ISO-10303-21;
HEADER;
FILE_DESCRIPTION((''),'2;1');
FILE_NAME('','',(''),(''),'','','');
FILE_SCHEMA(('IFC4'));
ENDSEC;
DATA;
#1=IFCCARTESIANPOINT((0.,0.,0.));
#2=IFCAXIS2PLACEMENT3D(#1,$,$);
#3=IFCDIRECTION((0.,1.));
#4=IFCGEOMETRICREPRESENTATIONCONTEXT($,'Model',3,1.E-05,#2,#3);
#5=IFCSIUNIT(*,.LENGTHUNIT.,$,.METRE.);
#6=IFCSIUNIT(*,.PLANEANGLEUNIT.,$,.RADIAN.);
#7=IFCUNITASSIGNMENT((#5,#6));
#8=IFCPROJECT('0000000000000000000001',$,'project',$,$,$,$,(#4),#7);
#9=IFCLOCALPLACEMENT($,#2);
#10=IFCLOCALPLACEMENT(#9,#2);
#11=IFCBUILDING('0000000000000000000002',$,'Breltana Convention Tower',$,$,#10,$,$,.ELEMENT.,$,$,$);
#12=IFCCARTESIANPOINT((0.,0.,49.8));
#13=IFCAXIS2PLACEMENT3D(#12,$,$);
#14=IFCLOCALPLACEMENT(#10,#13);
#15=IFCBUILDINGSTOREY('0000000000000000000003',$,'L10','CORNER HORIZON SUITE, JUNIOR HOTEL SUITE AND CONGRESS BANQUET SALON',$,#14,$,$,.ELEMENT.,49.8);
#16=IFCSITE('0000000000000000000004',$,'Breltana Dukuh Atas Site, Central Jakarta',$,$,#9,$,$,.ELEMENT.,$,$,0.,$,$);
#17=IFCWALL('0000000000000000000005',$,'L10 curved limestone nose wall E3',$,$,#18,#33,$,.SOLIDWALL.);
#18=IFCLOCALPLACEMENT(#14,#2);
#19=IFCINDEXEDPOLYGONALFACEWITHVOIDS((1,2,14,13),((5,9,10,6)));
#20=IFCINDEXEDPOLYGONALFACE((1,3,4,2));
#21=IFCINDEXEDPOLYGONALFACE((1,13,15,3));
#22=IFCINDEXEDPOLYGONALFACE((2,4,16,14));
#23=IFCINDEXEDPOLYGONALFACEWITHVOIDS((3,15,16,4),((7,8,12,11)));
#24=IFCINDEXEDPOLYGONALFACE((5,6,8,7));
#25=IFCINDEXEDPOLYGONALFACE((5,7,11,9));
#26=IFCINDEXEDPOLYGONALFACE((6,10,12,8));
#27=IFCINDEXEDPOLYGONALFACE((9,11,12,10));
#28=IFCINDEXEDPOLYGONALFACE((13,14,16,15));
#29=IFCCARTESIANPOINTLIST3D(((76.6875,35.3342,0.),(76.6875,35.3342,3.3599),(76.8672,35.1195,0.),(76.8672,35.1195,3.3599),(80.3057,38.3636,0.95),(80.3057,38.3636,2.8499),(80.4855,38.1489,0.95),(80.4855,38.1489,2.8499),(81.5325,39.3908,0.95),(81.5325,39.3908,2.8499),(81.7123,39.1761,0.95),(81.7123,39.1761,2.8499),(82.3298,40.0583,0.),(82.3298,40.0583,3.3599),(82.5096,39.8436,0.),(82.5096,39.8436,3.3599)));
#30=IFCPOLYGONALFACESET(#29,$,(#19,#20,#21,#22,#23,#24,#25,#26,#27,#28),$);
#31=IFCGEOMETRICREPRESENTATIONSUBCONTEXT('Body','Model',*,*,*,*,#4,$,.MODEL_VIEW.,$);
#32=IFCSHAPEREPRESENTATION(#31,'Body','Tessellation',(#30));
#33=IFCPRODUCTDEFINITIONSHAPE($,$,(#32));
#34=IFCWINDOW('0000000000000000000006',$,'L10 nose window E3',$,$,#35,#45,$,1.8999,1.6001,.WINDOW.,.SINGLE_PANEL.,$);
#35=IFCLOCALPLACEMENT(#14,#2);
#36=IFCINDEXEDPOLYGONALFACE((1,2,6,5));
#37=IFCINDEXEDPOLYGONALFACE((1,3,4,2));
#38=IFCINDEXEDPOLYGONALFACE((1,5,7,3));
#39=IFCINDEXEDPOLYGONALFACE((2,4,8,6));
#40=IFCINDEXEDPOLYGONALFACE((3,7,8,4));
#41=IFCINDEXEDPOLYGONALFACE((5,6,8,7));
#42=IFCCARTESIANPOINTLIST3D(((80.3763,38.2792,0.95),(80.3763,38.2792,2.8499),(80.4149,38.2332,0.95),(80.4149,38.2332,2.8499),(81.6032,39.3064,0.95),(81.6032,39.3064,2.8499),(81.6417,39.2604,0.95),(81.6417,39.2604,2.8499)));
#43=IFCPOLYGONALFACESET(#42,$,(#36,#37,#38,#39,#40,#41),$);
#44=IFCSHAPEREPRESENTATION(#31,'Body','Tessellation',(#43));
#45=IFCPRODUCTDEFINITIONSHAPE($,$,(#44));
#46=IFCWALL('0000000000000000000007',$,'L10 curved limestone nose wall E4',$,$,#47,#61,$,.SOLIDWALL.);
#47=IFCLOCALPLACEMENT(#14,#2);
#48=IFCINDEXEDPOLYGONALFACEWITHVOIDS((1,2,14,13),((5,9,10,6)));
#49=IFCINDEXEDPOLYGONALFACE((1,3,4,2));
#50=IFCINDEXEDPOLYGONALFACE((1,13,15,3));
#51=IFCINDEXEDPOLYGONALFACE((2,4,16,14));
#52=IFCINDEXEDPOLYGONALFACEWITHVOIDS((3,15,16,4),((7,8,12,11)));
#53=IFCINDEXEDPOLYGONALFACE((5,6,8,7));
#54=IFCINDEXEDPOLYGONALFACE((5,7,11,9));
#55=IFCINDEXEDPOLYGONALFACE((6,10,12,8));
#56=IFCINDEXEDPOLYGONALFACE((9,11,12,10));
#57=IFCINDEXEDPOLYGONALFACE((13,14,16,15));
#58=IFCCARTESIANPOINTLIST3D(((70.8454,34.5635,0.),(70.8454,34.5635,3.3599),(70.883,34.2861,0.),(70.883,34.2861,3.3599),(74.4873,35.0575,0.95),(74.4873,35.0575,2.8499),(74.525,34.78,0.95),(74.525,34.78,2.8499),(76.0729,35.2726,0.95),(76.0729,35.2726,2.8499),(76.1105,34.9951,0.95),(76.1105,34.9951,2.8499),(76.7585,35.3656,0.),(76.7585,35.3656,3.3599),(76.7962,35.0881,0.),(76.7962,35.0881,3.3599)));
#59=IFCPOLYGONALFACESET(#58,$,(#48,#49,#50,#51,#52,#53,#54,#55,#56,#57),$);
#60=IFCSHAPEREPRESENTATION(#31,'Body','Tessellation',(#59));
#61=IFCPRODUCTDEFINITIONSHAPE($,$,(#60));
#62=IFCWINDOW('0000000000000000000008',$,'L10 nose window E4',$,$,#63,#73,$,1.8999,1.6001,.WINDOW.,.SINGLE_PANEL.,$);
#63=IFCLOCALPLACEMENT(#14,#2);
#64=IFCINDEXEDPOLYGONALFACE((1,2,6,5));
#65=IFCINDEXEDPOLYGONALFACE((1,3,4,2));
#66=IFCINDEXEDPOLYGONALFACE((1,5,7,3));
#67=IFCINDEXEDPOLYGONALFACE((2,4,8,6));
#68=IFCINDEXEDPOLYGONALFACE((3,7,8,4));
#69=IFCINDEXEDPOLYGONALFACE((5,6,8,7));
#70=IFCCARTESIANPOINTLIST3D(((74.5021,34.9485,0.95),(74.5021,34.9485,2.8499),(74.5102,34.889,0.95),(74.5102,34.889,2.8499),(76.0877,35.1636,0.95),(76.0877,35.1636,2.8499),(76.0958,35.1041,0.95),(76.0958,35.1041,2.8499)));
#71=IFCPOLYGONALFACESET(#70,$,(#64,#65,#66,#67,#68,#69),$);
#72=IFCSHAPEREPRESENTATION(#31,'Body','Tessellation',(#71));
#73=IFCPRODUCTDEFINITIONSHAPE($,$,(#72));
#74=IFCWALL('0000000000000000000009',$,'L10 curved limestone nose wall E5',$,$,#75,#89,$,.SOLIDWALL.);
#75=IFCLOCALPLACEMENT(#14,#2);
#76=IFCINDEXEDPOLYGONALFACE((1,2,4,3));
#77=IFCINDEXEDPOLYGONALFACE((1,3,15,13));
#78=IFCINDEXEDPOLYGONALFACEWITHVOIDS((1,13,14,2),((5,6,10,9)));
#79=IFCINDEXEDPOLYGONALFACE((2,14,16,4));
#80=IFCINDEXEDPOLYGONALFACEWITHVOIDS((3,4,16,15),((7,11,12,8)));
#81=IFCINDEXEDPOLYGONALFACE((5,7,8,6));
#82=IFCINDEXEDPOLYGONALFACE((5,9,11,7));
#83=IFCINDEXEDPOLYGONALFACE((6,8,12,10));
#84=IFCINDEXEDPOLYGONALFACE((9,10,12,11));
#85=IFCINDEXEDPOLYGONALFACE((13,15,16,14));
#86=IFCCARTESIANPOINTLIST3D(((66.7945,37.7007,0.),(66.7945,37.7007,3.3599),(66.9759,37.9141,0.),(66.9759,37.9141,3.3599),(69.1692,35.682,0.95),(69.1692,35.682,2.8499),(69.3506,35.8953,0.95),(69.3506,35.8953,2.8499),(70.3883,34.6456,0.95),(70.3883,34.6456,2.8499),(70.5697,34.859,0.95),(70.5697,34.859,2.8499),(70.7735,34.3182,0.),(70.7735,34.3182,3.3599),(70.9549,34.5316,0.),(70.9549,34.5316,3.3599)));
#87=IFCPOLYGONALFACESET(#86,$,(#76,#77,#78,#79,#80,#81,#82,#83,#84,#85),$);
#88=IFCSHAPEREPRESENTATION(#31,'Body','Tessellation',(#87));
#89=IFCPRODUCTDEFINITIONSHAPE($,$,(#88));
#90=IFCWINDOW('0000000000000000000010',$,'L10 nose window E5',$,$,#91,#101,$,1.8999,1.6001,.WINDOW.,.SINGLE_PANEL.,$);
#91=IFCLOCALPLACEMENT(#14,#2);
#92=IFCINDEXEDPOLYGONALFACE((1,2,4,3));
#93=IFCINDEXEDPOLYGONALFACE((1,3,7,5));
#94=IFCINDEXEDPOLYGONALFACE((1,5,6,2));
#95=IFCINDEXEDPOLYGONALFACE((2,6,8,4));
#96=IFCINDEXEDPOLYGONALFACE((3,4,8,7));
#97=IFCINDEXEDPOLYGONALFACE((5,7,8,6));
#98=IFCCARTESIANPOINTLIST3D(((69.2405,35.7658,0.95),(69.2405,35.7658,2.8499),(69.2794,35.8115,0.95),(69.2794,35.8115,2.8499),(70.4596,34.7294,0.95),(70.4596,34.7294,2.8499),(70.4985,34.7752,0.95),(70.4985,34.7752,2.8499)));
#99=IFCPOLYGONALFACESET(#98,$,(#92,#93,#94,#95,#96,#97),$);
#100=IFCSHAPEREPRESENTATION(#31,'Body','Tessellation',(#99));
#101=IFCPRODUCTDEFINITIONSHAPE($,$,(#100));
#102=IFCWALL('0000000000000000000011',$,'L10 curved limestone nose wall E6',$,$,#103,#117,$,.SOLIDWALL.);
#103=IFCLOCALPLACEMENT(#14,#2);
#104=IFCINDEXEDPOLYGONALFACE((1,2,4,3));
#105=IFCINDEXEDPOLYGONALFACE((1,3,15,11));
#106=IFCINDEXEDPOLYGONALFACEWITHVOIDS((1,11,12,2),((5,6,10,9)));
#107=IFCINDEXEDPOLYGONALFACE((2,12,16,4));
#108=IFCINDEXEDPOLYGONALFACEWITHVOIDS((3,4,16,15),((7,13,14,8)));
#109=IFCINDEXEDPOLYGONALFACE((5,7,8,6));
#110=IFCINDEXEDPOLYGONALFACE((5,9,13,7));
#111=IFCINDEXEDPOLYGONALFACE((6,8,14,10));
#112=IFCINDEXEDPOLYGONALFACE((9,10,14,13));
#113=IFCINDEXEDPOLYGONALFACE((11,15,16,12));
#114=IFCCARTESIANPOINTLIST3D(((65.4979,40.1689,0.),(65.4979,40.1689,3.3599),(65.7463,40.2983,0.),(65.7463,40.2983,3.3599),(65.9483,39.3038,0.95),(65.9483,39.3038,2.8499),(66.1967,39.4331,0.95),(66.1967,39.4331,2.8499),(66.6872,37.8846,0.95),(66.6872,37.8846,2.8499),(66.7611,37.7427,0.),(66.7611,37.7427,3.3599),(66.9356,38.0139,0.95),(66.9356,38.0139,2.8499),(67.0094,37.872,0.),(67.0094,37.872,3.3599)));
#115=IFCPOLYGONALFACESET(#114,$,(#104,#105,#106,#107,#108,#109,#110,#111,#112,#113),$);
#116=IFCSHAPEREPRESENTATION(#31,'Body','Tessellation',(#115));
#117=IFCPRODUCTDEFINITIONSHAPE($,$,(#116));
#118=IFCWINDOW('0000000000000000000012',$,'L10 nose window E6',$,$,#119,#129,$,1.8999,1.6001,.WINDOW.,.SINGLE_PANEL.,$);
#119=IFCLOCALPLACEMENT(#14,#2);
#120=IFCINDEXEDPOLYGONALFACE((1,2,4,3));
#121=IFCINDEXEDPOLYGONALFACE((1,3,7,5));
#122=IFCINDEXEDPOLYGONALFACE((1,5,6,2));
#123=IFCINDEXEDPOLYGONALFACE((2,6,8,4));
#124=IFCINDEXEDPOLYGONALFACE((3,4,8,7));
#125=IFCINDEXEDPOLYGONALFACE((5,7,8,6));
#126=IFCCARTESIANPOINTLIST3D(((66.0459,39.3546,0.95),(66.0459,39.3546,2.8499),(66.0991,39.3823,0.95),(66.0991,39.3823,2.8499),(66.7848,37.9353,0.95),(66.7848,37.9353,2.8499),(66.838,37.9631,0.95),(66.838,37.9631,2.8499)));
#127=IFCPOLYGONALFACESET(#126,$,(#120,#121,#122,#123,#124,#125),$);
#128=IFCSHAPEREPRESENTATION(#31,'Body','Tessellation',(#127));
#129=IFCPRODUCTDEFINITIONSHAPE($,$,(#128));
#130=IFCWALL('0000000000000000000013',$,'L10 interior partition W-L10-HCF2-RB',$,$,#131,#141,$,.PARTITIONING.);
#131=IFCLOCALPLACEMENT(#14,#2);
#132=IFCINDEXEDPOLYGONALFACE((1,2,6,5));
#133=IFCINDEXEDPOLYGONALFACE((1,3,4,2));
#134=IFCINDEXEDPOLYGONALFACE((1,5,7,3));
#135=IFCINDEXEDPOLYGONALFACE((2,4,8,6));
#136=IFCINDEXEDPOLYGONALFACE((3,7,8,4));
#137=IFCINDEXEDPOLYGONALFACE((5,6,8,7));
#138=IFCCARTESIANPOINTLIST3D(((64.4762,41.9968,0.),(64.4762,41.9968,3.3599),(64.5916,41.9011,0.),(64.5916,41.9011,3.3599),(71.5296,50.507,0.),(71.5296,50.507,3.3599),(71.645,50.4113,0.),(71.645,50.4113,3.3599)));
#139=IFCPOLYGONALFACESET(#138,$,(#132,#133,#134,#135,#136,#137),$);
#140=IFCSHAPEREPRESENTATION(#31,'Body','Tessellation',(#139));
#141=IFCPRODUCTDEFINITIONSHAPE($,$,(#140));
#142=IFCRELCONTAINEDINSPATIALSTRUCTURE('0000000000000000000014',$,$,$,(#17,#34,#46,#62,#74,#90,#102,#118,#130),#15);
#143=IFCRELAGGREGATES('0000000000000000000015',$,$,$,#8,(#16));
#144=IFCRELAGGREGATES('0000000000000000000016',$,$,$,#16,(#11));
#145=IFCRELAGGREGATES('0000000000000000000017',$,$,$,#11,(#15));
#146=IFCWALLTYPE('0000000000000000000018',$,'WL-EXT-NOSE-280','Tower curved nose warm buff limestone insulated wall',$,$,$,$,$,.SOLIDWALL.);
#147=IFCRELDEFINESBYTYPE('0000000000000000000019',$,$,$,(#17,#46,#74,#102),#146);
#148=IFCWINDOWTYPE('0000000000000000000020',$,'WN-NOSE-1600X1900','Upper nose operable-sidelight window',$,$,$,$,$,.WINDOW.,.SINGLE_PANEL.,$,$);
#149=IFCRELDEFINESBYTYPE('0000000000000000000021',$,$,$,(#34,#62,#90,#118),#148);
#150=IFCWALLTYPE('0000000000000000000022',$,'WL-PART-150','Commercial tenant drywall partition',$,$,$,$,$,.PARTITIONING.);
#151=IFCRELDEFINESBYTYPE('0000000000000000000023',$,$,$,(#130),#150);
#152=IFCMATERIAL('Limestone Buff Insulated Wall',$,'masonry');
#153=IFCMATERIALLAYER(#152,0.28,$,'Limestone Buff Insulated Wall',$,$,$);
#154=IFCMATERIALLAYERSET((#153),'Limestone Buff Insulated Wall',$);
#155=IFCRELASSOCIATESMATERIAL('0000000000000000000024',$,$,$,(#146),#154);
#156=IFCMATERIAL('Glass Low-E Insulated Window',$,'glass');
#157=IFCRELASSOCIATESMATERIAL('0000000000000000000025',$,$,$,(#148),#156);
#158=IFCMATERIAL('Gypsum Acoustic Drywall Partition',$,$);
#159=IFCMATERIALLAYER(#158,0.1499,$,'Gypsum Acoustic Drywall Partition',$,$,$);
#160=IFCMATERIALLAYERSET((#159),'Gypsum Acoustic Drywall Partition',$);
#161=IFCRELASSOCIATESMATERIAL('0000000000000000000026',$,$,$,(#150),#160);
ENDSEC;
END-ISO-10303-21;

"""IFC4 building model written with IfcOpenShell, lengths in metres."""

from ifc_helpers import new_model, si_unit, direction, frame, frame_2d, origin, place, context, subcontext, project, spatial, rectangle, extrude, source, transform, mapped, material, layer, layer_set, type_object, type_shapes, element, fill, save


model = new_model("IFC4")

# Units and contexts
model_context = context("Model", 3, precision=1e-05, world=origin(), true_north=direction((0.0, 1.0)))
body_context = subcontext(model_context, "Body", "Model", "MODEL_VIEW")
ifc_project = project(units=[si_unit("LENGTHUNIT", "METRE"), si_unit("PLANEANGLEUNIT", "RADIAN")], contexts=[model_context])

# Site, building, storey
site_placement = place(None, origin())
site = spatial("IfcSite", under=ifc_project, at=site_placement, Name="Breltana Dukuh Atas Site, Central Jakarta", CompositionType="ELEMENT", RefElevation=0.0)
building_placement = place(site_placement, origin())
building = spatial("IfcBuilding", under=site, at=building_placement, Name="Breltana Convention Tower", CompositionType="ELEMENT")
storey_placement = place(building_placement, frame((0.0, 0.0, 49.8)))
storey = spatial("IfcBuildingStorey", under=building, at=storey_placement, Name="L10", Description="CORNER HORIZON SUITE, JUNIOR HOTEL SUITE AND CONGRESS BANQUET SALON", CompositionType="ELEMENT", Elevation=49.8)

# Walls, openings, windows
ifc_material_1 = material(Name="Limestone Buff Insulated Wall", Category="masonry")
ifc_layer_1 = layer(ifc_material_1, 0.28, Name="Limestone Buff Insulated Wall")
ifc_layer_set_1 = layer_set([ifc_layer_1], Name="Limestone Buff Insulated Wall")
wall_type_1 = type_object("IfcWallType", Name="WL-EXT-NOSE-280", Description="Tower curved nose warm buff limestone insulated wall", PredefinedType="SOLIDWALL", material=ifc_layer_set_1)
shared_shape_1 = source(origin(), body_context, "Body", "SweptSolid", [
    extrude(rectangle(XDim=7.3589, YDim=0.28, at=frame_2d((3.6794, 0.0))), origin(), (0.0, 0.0, 1.0), 3.3599),
])
wall_1_placement = place(storey_placement, frame((82.4197, 39.9509, 0.0), z_axis=(0.0, 0.0, 1.0), x_axis=(-0.766737, -0.641961, 0.0)))
wall_1 = element("IfcWall", 1, at=wall_1_placement, inside=storey, type_object=wall_type_1, Name="L10 curved limestone nose wall E3", PredefinedType="SOLIDWALL", context=body_context, shape_type="MappedRepresentation", body=[
    mapped(shared_shape_1, transform((0.0, 0.0, 0.0), scale=1.0)),
])
opening_1_placement = place(wall_1_placement, frame((1.0398, 0.0, 0.95)))
opening_1 = element("IfcOpeningElement", 2, at=opening_1_placement, cuts=wall_1, PredefinedType="OPENING", context=body_context, shape_type="SweptSolid", body=[
    extrude(rectangle(XDim=1.6001, YDim=1.8999, at=frame_2d((0.8, 0.95))), frame((0.0, 0.1499, 0.0), z_axis=(0.0, -1.0, 0.0), x_axis=(1.0, 0.0, 0.0)), (0.0, 0.0, 1.0), 0.3),
])
ifc_material_2 = material(Name="Glass Low-E Insulated Window", Category="glass")
window_type = type_object("IfcWindowType", Name="WN-NOSE-1600X1900", Description="Upper nose operable-sidelight window", PartitioningType="SINGLE_PANEL", PredefinedType="WINDOW", material=ifc_material_2)
shared_shape_2 = source(origin(), body_context, "Body", "SweptSolid", [
    extrude(rectangle(XDim=1.6001, YDim=1.8999, at=frame_2d((0.8, 0.95))), frame((0.0, 0.03, 0.0), z_axis=(0.0, -1.0, 0.0), x_axis=(1.0, 0.0, 0.0)), (0.0, 0.0, 1.0), 0.0601),
])
type_shapes(window_type, [shared_shape_2])
window_1_placement = place(opening_1_placement, origin())
window_1 = element("IfcWindow", 3, at=window_1_placement, inside=storey, type_object=window_type, Name="L10 nose window E3", OverallHeight=1.8999, OverallWidth=1.6001, PartitioningType="SINGLE_PANEL", PredefinedType="WINDOW", context=body_context, shape_type="MappedRepresentation", body=[
    mapped(shared_shape_2, transform((0.0, 0.0, 0.0), scale=1.0)),
])
fill(opening_1, window_1)
shared_shape_3 = source(origin(), body_context, "Body", "SweptSolid", [
    extrude(rectangle(XDim=5.9673, YDim=0.28, at=frame_2d((2.9836, 0.0))), origin(), (0.0, 0.0, 1.0), 3.3599),
])
wall_2_placement = place(storey_placement, frame((76.7773, 35.2268, 0.0), z_axis=(0.0, 0.0, 1.0), x_axis=(-0.990927, -0.134401, 0.0)))
wall_2 = element("IfcWall", 4, at=wall_2_placement, inside=storey, type_object=wall_type_1, Name="L10 curved limestone nose wall E4", PredefinedType="SOLIDWALL", context=body_context, shape_type="MappedRepresentation", body=[
    mapped(shared_shape_3, transform((0.0, 0.0, 0.0), scale=1.0)),
])
opening_2_placement = place(wall_2_placement, frame((0.6919, 0.0, 0.95)))
opening_2 = element("IfcOpeningElement", 5, at=opening_2_placement, cuts=wall_2, PredefinedType="OPENING", context=body_context, shape_type="SweptSolid", body=[
    extrude(rectangle(XDim=1.6001, YDim=1.8999, at=frame_2d((0.8, 0.95))), frame((0.0, 0.1499, 0.0), z_axis=(0.0, -1.0, 0.0), x_axis=(1.0, 0.0, 0.0)), (0.0, 0.0, 1.0), 0.3),
])
window_2_placement = place(opening_2_placement, origin())
window_2 = element("IfcWindow", 6, at=window_2_placement, inside=storey, type_object=window_type, Name="L10 nose window E4", OverallHeight=1.8999, OverallWidth=1.6001, PartitioningType="SINGLE_PANEL", PredefinedType="WINDOW", context=body_context, shape_type="MappedRepresentation", body=[
    mapped(shared_shape_2, transform((0.0, 0.0, 0.0), scale=1.0)),
])
fill(opening_2, window_2)
shared_shape_4 = source(origin(), body_context, "Body", "SweptSolid", [
    extrude(rectangle(XDim=5.2224, YDim=0.28, at=frame_2d((2.6113, 0.0))), origin(), (0.0, 0.0, 1.0), 3.3599),
])
wall_3_placement = place(storey_placement, frame((70.8643, 34.4248, 0.0), z_axis=(0.0, 0.0, 1.0), x_axis=(-0.7619, 0.647695, 0.0)))
wall_3 = element("IfcWall", 7, at=wall_3_placement, inside=storey, type_object=wall_type_1, Name="L10 curved limestone nose wall E5", PredefinedType="SOLIDWALL", context=body_context, shape_type="MappedRepresentation", body=[
    mapped(shared_shape_4, transform((0.0, 0.0, 0.0), scale=1.0)),
])
opening_3_placement = place(wall_3_placement, frame((0.5056, 0.0, 0.95)))
opening_3 = element("IfcOpeningElement", 8, at=opening_3_placement, cuts=wall_3, PredefinedType="OPENING", context=body_context, shape_type="SweptSolid", body=[
    extrude(rectangle(XDim=1.6001, YDim=1.8999, at=frame_2d((0.8, 0.95))), frame((0.0, 0.1499, 0.0), z_axis=(0.0, -1.0, 0.0), x_axis=(1.0, 0.0, 0.0)), (0.0, 0.0, 1.0), 0.3),
])
window_3_placement = place(opening_3_placement, origin())
window_3 = element("IfcWindow", 9, at=window_3_placement, inside=storey, type_object=window_type, Name="L10 nose window E5", OverallHeight=1.8999, OverallWidth=1.6001, PartitioningType="SINGLE_PANEL", PredefinedType="WINDOW", context=body_context, shape_type="MappedRepresentation", body=[
    mapped(shared_shape_2, transform((0.0, 0.0, 0.0), scale=1.0)),
])
fill(opening_3, window_3)
shared_shape_5 = source(origin(), body_context, "Body", "SweptSolid", [
    extrude(rectangle(XDim=2.7354, YDim=0.28, at=frame_2d((1.3677, 0.0))), origin(), (0.0, 0.0, 1.0), 3.3599),
])
wall_4_placement = place(storey_placement, frame((66.8853, 37.8074, 0.0), z_axis=(0.0, 0.0, 1.0), x_axis=(-0.461791, 0.886989, 0.0)))
wall_4 = element("IfcWall", 10, at=wall_4_placement, inside=storey, type_object=wall_type_1, Name="L10 curved limestone nose wall E6", PredefinedType="SOLIDWALL", context=body_context, shape_type="MappedRepresentation", body=[
    mapped(shared_shape_5, transform((0.0, 0.0, 0.0), scale=1.0)),
])
opening_4_placement = place(wall_4_placement, frame((0.1599, 0.0, 0.95)))
opening_4 = element("IfcOpeningElement", 11, at=opening_4_placement, cuts=wall_4, PredefinedType="OPENING", context=body_context, shape_type="SweptSolid", body=[
    extrude(rectangle(XDim=1.6001, YDim=1.8999, at=frame_2d((0.8, 0.95))), frame((0.0, 0.1499, 0.0), z_axis=(0.0, -1.0, 0.0), x_axis=(1.0, 0.0, 0.0)), (0.0, 0.0, 1.0), 0.3),
])
window_4_placement = place(opening_4_placement, origin())
window_4 = element("IfcWindow", 12, at=window_4_placement, inside=storey, type_object=window_type, Name="L10 nose window E6", OverallHeight=1.8999, OverallWidth=1.6001, PartitioningType="SINGLE_PANEL", PredefinedType="WINDOW", context=body_context, shape_type="MappedRepresentation", body=[
    mapped(shared_shape_2, transform((0.0, 0.0, 0.0), scale=1.0)),
])
fill(opening_4, window_4)

# Wall
ifc_material_3 = material(Name="Gypsum Acoustic Drywall Partition")
ifc_layer_2 = layer(ifc_material_3, 0.1499, Name="Gypsum Acoustic Drywall Partition")
ifc_layer_set_2 = layer_set([ifc_layer_2], Name="Gypsum Acoustic Drywall Partition")
wall_type_2 = type_object("IfcWallType", Name="WL-PART-150", Description="Commercial tenant drywall partition", PredefinedType="PARTITIONING", material=ifc_layer_set_2)
shared_shape_6 = source(origin(), body_context, "Body", "SweptSolid", [
    extrude(rectangle(XDim=11.0532, YDim=0.1499, at=frame_2d((5.5266, 0.0))), origin(), (0.0, 0.0, 1.0), 3.3599),
])
wall_5_placement = place(storey_placement, frame((64.5339, 41.949, 0.0), z_axis=(0.0, 0.0, 1.0), x_axis=(0.638131, 0.769928, 0.0)))
element("IfcWall", 13, at=wall_5_placement, inside=storey, type_object=wall_type_2, Name="L10 interior partition W-L10-HCF2-RB", PredefinedType="PARTITIONING", context=body_context, shape_type="MappedRepresentation", body=[
    mapped(shared_shape_6, transform((0.0, 0.0, 0.0), scale=1.0)),
])

save(model, "model.ifc")
